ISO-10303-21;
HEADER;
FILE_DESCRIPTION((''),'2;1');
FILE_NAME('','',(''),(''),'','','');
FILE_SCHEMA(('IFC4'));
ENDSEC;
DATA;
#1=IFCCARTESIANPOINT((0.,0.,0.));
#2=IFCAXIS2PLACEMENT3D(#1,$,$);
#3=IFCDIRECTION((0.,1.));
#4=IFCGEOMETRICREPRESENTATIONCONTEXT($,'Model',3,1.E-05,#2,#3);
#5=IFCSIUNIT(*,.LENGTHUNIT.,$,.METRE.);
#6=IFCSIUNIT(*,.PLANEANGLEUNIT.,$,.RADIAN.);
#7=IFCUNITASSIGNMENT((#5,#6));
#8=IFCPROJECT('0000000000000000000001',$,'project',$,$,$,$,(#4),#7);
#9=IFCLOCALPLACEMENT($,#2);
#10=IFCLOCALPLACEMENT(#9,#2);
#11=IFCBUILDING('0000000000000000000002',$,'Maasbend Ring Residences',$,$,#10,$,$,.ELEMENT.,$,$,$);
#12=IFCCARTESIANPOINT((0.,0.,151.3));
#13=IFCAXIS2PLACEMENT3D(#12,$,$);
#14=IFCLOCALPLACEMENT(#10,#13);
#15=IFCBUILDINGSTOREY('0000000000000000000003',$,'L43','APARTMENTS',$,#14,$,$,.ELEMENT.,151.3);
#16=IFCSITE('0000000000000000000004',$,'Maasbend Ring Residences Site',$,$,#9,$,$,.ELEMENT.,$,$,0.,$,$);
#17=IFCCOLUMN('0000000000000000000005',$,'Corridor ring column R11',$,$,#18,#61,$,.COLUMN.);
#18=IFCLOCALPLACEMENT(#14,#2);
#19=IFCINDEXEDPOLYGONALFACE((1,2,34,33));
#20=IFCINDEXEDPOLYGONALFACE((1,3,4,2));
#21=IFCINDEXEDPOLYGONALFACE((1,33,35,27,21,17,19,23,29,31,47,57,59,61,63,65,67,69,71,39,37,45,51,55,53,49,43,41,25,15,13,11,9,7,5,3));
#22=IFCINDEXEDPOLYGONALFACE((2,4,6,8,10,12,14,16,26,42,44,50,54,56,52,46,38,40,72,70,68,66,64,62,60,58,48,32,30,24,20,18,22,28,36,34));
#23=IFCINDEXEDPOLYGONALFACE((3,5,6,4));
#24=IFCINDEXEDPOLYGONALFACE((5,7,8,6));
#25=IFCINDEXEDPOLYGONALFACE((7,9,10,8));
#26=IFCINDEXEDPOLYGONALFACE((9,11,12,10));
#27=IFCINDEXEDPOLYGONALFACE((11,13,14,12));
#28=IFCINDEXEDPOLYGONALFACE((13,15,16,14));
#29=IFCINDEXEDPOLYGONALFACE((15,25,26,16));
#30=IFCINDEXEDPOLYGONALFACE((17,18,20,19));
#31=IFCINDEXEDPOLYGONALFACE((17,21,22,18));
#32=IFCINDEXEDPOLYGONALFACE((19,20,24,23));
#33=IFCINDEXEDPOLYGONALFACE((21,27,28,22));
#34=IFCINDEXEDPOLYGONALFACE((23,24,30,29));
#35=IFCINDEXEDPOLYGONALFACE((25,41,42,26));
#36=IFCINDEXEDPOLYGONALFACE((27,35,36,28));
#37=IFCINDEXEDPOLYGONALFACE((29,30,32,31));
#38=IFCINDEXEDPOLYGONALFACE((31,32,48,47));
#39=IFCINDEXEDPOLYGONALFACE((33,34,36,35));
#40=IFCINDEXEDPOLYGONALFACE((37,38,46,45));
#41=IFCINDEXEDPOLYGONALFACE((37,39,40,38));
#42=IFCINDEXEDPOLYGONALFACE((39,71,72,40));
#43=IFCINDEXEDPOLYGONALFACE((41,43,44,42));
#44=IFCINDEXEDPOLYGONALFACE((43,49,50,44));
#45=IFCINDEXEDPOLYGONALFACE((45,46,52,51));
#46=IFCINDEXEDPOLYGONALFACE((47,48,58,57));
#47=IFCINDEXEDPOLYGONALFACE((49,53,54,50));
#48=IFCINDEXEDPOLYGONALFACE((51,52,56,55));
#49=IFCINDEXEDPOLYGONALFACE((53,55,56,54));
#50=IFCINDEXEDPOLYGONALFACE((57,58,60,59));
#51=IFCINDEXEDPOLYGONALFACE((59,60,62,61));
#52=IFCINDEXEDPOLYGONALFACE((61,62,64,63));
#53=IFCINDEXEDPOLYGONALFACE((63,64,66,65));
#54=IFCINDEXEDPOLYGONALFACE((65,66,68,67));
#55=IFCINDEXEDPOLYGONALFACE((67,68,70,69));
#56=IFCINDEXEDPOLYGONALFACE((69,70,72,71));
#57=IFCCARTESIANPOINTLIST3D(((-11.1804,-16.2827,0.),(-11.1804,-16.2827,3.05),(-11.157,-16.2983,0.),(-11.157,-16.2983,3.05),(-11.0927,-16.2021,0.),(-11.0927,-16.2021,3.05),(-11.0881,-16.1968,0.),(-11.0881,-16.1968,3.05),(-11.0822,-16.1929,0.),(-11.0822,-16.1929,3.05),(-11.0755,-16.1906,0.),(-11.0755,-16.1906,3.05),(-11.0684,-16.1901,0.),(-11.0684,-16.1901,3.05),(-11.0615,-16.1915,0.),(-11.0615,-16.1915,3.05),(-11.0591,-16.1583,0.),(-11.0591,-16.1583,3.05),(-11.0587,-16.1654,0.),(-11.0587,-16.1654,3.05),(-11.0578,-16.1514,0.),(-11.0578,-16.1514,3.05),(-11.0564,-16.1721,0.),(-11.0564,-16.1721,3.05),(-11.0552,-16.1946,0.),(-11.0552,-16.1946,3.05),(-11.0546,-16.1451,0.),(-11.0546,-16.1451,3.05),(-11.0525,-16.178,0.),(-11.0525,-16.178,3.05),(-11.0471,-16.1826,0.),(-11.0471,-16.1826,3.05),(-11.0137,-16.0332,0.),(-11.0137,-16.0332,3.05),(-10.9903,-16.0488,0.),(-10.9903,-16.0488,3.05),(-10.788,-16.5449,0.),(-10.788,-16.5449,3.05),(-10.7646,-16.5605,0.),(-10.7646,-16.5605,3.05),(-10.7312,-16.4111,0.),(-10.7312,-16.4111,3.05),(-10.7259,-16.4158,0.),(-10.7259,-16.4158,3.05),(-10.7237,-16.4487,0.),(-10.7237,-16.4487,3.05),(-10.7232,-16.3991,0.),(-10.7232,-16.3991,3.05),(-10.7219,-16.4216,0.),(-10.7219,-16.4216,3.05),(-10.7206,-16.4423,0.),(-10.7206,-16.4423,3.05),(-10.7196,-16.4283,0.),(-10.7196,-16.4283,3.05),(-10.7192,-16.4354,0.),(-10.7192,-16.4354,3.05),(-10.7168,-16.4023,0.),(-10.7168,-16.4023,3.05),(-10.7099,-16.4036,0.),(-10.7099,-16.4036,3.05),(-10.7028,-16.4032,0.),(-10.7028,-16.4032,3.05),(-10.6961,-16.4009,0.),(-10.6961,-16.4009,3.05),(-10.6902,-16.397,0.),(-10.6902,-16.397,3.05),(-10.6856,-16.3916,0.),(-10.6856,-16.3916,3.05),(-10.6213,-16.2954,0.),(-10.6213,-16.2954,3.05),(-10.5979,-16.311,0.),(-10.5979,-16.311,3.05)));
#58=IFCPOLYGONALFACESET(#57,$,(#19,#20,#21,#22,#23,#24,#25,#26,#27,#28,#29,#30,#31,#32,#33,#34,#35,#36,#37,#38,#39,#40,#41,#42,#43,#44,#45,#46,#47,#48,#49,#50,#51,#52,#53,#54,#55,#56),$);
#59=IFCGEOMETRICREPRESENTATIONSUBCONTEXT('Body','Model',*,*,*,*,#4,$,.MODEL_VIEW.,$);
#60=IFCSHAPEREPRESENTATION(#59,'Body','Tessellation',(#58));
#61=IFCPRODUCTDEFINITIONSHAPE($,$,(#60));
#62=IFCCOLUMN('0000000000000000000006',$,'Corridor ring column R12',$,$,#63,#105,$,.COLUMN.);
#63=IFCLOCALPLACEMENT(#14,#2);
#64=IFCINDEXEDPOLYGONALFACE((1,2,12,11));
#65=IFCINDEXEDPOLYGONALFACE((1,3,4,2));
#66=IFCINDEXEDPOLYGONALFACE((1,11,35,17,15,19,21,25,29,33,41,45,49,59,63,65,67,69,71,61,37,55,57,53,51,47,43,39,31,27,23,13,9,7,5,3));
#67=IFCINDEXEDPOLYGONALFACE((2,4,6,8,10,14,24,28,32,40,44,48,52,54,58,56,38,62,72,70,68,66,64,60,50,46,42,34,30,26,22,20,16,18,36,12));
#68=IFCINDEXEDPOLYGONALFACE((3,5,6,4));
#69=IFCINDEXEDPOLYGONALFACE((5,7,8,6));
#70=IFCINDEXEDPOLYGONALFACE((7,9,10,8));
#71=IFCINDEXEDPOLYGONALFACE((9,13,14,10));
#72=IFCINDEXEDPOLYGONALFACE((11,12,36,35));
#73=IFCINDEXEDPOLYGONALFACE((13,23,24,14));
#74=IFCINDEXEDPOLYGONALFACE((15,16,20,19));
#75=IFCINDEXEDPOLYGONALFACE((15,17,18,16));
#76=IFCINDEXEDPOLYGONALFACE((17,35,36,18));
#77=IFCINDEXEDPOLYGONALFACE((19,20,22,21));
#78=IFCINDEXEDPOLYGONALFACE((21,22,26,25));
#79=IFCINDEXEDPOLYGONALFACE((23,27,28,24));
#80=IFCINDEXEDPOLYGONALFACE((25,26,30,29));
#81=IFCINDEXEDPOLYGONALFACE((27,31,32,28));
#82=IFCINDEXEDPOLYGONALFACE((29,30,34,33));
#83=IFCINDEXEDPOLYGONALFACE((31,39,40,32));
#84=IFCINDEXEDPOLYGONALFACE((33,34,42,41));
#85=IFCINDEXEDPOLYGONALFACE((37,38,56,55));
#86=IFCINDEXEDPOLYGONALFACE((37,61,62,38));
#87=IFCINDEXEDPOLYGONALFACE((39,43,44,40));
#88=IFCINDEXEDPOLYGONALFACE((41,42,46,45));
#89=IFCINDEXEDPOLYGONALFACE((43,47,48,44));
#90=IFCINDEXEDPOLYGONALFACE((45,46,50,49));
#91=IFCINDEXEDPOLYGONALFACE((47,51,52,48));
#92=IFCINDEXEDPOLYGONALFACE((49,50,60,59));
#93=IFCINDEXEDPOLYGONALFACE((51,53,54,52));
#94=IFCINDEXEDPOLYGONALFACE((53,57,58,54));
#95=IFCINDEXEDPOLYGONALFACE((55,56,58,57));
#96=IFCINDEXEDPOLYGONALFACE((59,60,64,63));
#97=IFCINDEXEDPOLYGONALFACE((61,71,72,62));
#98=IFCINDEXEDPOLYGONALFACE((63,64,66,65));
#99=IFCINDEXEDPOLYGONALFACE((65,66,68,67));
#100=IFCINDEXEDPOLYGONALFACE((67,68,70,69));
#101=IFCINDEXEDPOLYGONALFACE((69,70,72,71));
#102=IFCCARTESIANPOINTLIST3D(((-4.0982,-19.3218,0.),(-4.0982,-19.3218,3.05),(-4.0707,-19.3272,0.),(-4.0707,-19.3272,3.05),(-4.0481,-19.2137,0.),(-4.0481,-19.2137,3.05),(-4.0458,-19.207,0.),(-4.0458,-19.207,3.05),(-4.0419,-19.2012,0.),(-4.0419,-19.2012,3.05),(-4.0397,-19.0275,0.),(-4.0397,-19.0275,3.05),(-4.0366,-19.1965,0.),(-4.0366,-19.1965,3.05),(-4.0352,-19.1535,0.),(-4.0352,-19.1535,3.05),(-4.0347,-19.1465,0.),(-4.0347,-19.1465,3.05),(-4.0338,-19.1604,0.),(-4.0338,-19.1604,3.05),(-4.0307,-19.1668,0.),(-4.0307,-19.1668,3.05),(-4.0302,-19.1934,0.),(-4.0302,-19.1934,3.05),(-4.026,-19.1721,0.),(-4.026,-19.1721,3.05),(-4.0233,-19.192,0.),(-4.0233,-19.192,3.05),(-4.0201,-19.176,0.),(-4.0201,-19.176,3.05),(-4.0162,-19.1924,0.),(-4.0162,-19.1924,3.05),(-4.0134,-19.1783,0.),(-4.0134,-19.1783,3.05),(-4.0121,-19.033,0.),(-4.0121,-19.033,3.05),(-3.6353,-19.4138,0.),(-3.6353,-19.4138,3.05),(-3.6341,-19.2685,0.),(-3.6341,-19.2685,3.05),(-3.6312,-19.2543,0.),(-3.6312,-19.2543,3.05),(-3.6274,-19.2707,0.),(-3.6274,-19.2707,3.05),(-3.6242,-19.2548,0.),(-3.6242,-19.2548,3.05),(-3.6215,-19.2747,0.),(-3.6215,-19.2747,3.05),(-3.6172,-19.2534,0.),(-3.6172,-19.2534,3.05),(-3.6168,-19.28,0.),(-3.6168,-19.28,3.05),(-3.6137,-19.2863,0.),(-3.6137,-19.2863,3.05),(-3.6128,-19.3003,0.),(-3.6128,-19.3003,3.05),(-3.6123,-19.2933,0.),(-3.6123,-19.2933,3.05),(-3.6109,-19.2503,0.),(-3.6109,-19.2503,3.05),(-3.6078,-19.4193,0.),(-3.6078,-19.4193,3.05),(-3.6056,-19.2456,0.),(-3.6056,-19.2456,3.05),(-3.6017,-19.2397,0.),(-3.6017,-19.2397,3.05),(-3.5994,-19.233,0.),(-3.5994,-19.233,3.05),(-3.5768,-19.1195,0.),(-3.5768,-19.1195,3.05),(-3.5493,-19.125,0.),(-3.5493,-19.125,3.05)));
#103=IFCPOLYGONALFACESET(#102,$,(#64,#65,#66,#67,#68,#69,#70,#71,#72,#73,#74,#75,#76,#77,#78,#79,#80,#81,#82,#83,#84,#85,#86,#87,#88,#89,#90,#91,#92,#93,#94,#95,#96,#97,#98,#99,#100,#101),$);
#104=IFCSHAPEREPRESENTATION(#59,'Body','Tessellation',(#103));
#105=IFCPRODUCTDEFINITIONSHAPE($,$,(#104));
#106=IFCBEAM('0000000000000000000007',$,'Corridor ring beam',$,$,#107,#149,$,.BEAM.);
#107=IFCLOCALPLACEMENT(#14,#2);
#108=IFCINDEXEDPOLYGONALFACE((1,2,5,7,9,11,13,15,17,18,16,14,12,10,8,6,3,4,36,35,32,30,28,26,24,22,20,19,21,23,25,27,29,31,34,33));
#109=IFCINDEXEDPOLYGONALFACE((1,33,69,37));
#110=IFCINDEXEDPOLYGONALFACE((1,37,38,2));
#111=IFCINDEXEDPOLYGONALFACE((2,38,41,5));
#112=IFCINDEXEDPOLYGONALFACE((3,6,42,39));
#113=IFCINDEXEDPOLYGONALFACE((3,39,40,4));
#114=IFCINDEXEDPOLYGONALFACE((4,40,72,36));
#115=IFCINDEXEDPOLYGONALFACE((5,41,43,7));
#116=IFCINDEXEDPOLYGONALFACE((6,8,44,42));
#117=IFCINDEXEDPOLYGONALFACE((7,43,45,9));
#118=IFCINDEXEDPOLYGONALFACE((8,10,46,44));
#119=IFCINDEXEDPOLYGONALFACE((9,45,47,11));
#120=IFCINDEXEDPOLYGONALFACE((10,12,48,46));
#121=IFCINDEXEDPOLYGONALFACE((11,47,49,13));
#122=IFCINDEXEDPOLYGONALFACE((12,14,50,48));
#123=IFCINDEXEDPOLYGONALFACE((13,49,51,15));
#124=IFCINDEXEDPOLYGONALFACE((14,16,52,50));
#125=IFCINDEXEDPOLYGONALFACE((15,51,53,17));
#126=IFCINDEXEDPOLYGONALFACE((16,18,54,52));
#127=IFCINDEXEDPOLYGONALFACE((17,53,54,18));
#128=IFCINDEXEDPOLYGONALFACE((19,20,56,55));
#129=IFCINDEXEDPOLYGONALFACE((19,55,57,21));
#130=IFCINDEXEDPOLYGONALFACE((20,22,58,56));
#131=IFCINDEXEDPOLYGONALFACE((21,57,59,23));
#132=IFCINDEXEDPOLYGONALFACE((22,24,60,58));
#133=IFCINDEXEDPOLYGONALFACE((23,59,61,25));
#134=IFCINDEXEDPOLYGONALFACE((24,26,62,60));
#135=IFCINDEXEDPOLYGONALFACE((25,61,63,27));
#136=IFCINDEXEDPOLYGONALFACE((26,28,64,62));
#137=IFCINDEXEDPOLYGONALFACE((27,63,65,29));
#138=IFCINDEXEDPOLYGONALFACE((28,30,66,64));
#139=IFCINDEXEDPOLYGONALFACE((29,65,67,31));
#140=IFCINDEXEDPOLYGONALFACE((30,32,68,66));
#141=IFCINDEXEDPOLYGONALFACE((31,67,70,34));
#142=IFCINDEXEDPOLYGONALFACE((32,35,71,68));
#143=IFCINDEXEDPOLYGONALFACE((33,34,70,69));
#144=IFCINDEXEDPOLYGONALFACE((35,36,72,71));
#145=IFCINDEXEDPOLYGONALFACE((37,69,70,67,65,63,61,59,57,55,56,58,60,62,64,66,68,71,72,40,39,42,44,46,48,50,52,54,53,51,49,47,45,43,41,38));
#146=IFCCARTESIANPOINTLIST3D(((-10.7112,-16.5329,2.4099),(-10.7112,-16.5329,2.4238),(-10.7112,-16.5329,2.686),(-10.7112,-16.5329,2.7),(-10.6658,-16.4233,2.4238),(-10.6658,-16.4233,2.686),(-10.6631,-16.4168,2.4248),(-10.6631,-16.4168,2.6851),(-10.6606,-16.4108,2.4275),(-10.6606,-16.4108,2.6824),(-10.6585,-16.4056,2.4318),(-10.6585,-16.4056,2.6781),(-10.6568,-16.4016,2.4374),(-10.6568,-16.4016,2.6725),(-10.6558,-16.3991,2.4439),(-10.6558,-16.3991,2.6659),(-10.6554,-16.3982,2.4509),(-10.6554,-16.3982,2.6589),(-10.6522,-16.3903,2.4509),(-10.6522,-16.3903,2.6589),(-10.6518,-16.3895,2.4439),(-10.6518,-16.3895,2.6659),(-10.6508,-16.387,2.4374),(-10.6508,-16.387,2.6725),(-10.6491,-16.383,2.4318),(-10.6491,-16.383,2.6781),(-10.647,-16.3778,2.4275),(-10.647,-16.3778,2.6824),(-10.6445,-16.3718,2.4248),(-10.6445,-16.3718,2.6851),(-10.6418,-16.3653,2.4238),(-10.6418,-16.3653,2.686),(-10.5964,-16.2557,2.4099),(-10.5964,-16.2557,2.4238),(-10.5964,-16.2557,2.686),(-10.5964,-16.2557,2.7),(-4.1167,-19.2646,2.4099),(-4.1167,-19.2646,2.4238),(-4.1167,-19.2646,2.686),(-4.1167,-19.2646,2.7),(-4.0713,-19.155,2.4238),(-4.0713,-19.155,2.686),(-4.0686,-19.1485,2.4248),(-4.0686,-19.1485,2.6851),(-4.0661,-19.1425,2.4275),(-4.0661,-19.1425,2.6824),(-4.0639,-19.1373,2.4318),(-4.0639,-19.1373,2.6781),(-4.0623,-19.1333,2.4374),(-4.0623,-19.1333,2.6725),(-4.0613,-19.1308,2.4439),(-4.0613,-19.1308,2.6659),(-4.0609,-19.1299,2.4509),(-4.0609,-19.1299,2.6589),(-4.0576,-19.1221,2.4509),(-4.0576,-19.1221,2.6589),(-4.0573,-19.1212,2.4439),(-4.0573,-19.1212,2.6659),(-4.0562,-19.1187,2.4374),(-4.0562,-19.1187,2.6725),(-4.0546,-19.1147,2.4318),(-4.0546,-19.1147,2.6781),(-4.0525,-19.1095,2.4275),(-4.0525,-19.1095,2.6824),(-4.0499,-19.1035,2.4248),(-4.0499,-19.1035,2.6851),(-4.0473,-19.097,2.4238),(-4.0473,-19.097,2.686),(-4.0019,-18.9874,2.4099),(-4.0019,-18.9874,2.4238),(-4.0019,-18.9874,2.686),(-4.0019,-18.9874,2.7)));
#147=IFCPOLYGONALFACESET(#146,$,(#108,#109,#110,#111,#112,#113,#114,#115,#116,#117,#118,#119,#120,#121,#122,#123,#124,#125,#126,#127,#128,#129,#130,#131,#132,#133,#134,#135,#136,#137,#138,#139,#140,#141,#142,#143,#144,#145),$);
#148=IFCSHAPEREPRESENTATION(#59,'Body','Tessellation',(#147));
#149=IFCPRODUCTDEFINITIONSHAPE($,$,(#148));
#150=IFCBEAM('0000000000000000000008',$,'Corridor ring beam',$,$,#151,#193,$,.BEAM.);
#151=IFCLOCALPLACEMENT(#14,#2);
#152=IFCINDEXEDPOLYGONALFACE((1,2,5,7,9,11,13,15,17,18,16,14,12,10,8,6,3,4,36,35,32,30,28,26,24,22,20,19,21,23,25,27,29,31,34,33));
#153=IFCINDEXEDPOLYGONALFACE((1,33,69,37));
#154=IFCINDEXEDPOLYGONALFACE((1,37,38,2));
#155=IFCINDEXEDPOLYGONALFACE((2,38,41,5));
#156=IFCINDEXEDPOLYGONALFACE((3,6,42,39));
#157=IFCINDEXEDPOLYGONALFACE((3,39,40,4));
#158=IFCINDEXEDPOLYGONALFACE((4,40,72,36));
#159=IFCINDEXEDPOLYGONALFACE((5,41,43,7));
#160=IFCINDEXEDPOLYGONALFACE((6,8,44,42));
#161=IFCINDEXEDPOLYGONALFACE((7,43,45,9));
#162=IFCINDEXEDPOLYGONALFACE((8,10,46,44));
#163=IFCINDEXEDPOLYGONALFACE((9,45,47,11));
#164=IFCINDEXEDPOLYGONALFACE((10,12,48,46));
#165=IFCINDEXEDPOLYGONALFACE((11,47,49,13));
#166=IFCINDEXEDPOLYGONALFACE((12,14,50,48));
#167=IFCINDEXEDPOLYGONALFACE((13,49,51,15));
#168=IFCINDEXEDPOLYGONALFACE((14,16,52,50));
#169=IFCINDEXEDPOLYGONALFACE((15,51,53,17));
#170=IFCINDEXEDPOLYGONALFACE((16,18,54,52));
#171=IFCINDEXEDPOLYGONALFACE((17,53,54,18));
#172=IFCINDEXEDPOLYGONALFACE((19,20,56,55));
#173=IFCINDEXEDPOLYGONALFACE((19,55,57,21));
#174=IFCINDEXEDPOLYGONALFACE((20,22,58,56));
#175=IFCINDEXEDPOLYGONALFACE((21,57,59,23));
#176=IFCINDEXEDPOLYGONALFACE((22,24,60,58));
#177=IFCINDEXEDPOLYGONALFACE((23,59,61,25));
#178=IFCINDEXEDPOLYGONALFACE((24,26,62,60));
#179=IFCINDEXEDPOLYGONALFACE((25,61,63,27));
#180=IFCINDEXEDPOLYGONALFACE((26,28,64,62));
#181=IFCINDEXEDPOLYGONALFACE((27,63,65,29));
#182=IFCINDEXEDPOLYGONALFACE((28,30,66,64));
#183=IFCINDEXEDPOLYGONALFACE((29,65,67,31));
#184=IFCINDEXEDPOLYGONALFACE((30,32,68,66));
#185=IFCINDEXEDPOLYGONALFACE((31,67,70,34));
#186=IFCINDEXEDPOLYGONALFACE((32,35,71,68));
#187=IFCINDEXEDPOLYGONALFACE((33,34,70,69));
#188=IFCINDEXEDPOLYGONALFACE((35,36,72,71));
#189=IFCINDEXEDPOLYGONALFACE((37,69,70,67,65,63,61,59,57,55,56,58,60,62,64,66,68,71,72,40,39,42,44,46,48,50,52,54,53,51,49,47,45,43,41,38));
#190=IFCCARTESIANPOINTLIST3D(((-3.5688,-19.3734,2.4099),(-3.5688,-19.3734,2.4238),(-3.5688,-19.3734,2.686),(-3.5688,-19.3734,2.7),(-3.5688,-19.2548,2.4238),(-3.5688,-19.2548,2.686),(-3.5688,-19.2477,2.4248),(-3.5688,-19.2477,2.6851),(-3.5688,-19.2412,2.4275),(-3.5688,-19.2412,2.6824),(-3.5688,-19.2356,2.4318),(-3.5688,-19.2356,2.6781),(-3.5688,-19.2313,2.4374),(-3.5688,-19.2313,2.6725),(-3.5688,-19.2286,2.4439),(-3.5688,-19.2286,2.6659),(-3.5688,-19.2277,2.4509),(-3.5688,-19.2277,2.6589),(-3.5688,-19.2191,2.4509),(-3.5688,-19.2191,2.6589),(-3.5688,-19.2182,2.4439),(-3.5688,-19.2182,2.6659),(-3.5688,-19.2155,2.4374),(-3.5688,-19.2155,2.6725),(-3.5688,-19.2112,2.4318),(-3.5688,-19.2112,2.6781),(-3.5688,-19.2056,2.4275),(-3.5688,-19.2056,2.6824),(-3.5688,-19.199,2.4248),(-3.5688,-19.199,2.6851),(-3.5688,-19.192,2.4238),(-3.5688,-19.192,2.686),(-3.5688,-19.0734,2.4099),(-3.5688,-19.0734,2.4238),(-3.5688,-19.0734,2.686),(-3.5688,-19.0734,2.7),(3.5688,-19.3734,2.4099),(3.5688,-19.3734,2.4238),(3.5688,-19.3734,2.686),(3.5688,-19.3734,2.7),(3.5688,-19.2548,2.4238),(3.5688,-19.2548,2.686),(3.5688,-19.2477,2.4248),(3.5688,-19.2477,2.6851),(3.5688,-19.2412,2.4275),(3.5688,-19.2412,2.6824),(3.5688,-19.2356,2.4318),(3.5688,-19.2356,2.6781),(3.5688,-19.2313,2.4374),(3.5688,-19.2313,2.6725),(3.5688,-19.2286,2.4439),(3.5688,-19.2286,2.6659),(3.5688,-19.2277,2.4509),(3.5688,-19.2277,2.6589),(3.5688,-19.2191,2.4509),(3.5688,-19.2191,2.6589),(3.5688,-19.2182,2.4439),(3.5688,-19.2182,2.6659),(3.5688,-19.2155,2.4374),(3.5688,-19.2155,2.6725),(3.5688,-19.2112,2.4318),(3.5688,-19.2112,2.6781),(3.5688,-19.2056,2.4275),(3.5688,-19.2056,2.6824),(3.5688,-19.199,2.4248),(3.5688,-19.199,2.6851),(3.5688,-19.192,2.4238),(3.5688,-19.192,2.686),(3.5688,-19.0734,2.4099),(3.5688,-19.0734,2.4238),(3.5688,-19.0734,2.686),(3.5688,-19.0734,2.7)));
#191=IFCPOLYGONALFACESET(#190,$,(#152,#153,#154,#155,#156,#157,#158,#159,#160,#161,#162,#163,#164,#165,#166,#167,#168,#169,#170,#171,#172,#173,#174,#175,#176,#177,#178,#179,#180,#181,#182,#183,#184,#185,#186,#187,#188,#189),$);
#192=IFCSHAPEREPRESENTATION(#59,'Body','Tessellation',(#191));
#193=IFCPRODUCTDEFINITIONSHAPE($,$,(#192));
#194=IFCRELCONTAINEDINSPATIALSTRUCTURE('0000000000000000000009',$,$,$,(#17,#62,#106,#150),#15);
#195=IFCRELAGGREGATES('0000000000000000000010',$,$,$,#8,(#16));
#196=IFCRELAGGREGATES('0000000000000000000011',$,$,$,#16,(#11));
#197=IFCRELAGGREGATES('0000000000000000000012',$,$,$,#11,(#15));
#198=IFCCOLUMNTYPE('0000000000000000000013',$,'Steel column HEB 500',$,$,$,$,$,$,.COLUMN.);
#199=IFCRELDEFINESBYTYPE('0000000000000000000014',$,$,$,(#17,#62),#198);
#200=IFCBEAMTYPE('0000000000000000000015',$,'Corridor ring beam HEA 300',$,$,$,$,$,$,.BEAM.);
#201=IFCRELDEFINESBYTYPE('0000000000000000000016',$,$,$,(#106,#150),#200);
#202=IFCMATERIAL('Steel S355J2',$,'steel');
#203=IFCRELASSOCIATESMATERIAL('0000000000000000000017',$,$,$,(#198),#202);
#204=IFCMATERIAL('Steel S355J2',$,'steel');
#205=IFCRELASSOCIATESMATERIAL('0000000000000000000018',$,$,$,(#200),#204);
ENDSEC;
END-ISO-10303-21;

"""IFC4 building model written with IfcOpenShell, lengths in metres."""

from ifc_helpers import new_model, si_unit, direction, frame, origin, origin_2d, place, context, subcontext, project, spatial, i_section, extrude, material, material_profile, profile_set, type_object, element, save


model = new_model("IFC4")

# Units and contexts
model_context = context("Model", 3, precision=1e-05, world=origin(), true_north=direction((0.0, 1.0)))
body_context = subcontext(model_context, "Body", "Model", "MODEL_VIEW")
ifc_project = project(units=[si_unit("LENGTHUNIT", "METRE"), si_unit("PLANEANGLEUNIT", "RADIAN")], contexts=[model_context])

# Site, building, storey
site_placement = place(None, origin())
site = spatial("IfcSite", under=ifc_project, at=site_placement, Name="Maasbend Ring Residences Site", CompositionType="ELEMENT", RefElevation=0.0)
building_placement = place(site_placement, origin())
building = spatial("IfcBuilding", under=site, at=building_placement, Name="Maasbend Ring Residences", CompositionType="ELEMENT")
storey_placement = place(building_placement, frame((0.0, 0.0, 151.3)))
storey = spatial("IfcBuildingStorey", under=building, at=storey_placement, Name="L43", Description="APARTMENTS", CompositionType="ELEMENT", Elevation=151.3)

# Columns
ifc_material_1 = material(Name="Steel S355J2", Category="steel")
ifc_material_profile_1 = material_profile(ifc_material_1, i_section(OverallWidth=0.3, OverallDepth=0.5, WebThickness=0.0144, FlangeThickness=0.0281, FilletRadius=0.0271, at=origin_2d()), Name="HEB 500")
ifc_profile_set_1 = profile_set([ifc_material_profile_1], Name="Steel S355J2")
column_type = type_object("IfcColumnType", Name="Steel column HEB 500", PredefinedType="COLUMN", material=ifc_profile_set_1)
for number, where, z_axis, x_axis, name in (
    (1, (-10.8892, -16.2969, 0.0), (0.0, 0.0, 1.0), (-0.55557, -0.83147, 0.0), "Corridor ring column R11"),
    (2, (-3.8237, -19.2234, 0.0), (0.0, 0.0, 1.0), (-0.19509, -0.980785, 0.0), "Corridor ring column R12"),
):
    element("IfcColumn", number, at=place(storey_placement, frame(where, z_axis=z_axis, x_axis=x_axis)), inside=storey, type_object=column_type, Name=name, PredefinedType="COLUMN", context=body_context, shape_type="SweptSolid", body=[
        extrude(i_section(OverallWidth=0.3, OverallDepth=0.5, WebThickness=0.0144, FlangeThickness=0.0281, FilletRadius=0.0271, at=origin_2d()), origin(), (0.0, 0.0, 1.0), 3.05),
    ])

# Beams
ifc_material_2 = material(Name="Steel S355J2", Category="steel")
ifc_material_profile_2 = material_profile(ifc_material_2, i_section(OverallWidth=0.3, OverallDepth=0.29, WebThickness=0.0085, FlangeThickness=0.0139, FilletRadius=0.0271, at=origin_2d()), Name="HEA 300")
ifc_profile_set_2 = profile_set([ifc_material_profile_2], Name="Steel S355J2")
beam_type = type_object("IfcBeamType", Name="Corridor ring beam HEA 300", PredefinedType="BEAM", material=ifc_profile_set_2)
beam_1_placement = place(storey_placement, frame((-10.6538, -16.3943, 2.5549), z_axis=(0.923871, -0.382703, 0.0), x_axis=(0.382703, 0.923871, 0.0)))
element("IfcBeam", 3, at=beam_1_placement, inside=storey, type_object=beam_type, Name="Corridor ring beam", PredefinedType="BEAM", context=body_context, shape_type="SweptSolid", body=[
    extrude(i_section(OverallWidth=0.3, OverallDepth=0.29, WebThickness=0.0085, FlangeThickness=0.0139, FilletRadius=0.0271, at=origin_2d()), origin(), (0.0, 0.0, 1.0), 7.1379),
])
beam_2_placement = place(storey_placement, frame((-3.5688, -19.2234, 2.5549), z_axis=(1.0, 0.0, 0.0), x_axis=(0.0, 1.0, 0.0)))
element("IfcBeam", 4, at=beam_2_placement, inside=storey, type_object=beam_type, Name="Corridor ring beam", PredefinedType="BEAM", context=body_context, shape_type="SweptSolid", body=[
    extrude(i_section(OverallWidth=0.3, OverallDepth=0.29, WebThickness=0.0085, FlangeThickness=0.0139, FilletRadius=0.0271, at=origin_2d()), origin(), (0.0, 0.0, 1.0), 7.1377),
])

save(model, "model.ifc")
